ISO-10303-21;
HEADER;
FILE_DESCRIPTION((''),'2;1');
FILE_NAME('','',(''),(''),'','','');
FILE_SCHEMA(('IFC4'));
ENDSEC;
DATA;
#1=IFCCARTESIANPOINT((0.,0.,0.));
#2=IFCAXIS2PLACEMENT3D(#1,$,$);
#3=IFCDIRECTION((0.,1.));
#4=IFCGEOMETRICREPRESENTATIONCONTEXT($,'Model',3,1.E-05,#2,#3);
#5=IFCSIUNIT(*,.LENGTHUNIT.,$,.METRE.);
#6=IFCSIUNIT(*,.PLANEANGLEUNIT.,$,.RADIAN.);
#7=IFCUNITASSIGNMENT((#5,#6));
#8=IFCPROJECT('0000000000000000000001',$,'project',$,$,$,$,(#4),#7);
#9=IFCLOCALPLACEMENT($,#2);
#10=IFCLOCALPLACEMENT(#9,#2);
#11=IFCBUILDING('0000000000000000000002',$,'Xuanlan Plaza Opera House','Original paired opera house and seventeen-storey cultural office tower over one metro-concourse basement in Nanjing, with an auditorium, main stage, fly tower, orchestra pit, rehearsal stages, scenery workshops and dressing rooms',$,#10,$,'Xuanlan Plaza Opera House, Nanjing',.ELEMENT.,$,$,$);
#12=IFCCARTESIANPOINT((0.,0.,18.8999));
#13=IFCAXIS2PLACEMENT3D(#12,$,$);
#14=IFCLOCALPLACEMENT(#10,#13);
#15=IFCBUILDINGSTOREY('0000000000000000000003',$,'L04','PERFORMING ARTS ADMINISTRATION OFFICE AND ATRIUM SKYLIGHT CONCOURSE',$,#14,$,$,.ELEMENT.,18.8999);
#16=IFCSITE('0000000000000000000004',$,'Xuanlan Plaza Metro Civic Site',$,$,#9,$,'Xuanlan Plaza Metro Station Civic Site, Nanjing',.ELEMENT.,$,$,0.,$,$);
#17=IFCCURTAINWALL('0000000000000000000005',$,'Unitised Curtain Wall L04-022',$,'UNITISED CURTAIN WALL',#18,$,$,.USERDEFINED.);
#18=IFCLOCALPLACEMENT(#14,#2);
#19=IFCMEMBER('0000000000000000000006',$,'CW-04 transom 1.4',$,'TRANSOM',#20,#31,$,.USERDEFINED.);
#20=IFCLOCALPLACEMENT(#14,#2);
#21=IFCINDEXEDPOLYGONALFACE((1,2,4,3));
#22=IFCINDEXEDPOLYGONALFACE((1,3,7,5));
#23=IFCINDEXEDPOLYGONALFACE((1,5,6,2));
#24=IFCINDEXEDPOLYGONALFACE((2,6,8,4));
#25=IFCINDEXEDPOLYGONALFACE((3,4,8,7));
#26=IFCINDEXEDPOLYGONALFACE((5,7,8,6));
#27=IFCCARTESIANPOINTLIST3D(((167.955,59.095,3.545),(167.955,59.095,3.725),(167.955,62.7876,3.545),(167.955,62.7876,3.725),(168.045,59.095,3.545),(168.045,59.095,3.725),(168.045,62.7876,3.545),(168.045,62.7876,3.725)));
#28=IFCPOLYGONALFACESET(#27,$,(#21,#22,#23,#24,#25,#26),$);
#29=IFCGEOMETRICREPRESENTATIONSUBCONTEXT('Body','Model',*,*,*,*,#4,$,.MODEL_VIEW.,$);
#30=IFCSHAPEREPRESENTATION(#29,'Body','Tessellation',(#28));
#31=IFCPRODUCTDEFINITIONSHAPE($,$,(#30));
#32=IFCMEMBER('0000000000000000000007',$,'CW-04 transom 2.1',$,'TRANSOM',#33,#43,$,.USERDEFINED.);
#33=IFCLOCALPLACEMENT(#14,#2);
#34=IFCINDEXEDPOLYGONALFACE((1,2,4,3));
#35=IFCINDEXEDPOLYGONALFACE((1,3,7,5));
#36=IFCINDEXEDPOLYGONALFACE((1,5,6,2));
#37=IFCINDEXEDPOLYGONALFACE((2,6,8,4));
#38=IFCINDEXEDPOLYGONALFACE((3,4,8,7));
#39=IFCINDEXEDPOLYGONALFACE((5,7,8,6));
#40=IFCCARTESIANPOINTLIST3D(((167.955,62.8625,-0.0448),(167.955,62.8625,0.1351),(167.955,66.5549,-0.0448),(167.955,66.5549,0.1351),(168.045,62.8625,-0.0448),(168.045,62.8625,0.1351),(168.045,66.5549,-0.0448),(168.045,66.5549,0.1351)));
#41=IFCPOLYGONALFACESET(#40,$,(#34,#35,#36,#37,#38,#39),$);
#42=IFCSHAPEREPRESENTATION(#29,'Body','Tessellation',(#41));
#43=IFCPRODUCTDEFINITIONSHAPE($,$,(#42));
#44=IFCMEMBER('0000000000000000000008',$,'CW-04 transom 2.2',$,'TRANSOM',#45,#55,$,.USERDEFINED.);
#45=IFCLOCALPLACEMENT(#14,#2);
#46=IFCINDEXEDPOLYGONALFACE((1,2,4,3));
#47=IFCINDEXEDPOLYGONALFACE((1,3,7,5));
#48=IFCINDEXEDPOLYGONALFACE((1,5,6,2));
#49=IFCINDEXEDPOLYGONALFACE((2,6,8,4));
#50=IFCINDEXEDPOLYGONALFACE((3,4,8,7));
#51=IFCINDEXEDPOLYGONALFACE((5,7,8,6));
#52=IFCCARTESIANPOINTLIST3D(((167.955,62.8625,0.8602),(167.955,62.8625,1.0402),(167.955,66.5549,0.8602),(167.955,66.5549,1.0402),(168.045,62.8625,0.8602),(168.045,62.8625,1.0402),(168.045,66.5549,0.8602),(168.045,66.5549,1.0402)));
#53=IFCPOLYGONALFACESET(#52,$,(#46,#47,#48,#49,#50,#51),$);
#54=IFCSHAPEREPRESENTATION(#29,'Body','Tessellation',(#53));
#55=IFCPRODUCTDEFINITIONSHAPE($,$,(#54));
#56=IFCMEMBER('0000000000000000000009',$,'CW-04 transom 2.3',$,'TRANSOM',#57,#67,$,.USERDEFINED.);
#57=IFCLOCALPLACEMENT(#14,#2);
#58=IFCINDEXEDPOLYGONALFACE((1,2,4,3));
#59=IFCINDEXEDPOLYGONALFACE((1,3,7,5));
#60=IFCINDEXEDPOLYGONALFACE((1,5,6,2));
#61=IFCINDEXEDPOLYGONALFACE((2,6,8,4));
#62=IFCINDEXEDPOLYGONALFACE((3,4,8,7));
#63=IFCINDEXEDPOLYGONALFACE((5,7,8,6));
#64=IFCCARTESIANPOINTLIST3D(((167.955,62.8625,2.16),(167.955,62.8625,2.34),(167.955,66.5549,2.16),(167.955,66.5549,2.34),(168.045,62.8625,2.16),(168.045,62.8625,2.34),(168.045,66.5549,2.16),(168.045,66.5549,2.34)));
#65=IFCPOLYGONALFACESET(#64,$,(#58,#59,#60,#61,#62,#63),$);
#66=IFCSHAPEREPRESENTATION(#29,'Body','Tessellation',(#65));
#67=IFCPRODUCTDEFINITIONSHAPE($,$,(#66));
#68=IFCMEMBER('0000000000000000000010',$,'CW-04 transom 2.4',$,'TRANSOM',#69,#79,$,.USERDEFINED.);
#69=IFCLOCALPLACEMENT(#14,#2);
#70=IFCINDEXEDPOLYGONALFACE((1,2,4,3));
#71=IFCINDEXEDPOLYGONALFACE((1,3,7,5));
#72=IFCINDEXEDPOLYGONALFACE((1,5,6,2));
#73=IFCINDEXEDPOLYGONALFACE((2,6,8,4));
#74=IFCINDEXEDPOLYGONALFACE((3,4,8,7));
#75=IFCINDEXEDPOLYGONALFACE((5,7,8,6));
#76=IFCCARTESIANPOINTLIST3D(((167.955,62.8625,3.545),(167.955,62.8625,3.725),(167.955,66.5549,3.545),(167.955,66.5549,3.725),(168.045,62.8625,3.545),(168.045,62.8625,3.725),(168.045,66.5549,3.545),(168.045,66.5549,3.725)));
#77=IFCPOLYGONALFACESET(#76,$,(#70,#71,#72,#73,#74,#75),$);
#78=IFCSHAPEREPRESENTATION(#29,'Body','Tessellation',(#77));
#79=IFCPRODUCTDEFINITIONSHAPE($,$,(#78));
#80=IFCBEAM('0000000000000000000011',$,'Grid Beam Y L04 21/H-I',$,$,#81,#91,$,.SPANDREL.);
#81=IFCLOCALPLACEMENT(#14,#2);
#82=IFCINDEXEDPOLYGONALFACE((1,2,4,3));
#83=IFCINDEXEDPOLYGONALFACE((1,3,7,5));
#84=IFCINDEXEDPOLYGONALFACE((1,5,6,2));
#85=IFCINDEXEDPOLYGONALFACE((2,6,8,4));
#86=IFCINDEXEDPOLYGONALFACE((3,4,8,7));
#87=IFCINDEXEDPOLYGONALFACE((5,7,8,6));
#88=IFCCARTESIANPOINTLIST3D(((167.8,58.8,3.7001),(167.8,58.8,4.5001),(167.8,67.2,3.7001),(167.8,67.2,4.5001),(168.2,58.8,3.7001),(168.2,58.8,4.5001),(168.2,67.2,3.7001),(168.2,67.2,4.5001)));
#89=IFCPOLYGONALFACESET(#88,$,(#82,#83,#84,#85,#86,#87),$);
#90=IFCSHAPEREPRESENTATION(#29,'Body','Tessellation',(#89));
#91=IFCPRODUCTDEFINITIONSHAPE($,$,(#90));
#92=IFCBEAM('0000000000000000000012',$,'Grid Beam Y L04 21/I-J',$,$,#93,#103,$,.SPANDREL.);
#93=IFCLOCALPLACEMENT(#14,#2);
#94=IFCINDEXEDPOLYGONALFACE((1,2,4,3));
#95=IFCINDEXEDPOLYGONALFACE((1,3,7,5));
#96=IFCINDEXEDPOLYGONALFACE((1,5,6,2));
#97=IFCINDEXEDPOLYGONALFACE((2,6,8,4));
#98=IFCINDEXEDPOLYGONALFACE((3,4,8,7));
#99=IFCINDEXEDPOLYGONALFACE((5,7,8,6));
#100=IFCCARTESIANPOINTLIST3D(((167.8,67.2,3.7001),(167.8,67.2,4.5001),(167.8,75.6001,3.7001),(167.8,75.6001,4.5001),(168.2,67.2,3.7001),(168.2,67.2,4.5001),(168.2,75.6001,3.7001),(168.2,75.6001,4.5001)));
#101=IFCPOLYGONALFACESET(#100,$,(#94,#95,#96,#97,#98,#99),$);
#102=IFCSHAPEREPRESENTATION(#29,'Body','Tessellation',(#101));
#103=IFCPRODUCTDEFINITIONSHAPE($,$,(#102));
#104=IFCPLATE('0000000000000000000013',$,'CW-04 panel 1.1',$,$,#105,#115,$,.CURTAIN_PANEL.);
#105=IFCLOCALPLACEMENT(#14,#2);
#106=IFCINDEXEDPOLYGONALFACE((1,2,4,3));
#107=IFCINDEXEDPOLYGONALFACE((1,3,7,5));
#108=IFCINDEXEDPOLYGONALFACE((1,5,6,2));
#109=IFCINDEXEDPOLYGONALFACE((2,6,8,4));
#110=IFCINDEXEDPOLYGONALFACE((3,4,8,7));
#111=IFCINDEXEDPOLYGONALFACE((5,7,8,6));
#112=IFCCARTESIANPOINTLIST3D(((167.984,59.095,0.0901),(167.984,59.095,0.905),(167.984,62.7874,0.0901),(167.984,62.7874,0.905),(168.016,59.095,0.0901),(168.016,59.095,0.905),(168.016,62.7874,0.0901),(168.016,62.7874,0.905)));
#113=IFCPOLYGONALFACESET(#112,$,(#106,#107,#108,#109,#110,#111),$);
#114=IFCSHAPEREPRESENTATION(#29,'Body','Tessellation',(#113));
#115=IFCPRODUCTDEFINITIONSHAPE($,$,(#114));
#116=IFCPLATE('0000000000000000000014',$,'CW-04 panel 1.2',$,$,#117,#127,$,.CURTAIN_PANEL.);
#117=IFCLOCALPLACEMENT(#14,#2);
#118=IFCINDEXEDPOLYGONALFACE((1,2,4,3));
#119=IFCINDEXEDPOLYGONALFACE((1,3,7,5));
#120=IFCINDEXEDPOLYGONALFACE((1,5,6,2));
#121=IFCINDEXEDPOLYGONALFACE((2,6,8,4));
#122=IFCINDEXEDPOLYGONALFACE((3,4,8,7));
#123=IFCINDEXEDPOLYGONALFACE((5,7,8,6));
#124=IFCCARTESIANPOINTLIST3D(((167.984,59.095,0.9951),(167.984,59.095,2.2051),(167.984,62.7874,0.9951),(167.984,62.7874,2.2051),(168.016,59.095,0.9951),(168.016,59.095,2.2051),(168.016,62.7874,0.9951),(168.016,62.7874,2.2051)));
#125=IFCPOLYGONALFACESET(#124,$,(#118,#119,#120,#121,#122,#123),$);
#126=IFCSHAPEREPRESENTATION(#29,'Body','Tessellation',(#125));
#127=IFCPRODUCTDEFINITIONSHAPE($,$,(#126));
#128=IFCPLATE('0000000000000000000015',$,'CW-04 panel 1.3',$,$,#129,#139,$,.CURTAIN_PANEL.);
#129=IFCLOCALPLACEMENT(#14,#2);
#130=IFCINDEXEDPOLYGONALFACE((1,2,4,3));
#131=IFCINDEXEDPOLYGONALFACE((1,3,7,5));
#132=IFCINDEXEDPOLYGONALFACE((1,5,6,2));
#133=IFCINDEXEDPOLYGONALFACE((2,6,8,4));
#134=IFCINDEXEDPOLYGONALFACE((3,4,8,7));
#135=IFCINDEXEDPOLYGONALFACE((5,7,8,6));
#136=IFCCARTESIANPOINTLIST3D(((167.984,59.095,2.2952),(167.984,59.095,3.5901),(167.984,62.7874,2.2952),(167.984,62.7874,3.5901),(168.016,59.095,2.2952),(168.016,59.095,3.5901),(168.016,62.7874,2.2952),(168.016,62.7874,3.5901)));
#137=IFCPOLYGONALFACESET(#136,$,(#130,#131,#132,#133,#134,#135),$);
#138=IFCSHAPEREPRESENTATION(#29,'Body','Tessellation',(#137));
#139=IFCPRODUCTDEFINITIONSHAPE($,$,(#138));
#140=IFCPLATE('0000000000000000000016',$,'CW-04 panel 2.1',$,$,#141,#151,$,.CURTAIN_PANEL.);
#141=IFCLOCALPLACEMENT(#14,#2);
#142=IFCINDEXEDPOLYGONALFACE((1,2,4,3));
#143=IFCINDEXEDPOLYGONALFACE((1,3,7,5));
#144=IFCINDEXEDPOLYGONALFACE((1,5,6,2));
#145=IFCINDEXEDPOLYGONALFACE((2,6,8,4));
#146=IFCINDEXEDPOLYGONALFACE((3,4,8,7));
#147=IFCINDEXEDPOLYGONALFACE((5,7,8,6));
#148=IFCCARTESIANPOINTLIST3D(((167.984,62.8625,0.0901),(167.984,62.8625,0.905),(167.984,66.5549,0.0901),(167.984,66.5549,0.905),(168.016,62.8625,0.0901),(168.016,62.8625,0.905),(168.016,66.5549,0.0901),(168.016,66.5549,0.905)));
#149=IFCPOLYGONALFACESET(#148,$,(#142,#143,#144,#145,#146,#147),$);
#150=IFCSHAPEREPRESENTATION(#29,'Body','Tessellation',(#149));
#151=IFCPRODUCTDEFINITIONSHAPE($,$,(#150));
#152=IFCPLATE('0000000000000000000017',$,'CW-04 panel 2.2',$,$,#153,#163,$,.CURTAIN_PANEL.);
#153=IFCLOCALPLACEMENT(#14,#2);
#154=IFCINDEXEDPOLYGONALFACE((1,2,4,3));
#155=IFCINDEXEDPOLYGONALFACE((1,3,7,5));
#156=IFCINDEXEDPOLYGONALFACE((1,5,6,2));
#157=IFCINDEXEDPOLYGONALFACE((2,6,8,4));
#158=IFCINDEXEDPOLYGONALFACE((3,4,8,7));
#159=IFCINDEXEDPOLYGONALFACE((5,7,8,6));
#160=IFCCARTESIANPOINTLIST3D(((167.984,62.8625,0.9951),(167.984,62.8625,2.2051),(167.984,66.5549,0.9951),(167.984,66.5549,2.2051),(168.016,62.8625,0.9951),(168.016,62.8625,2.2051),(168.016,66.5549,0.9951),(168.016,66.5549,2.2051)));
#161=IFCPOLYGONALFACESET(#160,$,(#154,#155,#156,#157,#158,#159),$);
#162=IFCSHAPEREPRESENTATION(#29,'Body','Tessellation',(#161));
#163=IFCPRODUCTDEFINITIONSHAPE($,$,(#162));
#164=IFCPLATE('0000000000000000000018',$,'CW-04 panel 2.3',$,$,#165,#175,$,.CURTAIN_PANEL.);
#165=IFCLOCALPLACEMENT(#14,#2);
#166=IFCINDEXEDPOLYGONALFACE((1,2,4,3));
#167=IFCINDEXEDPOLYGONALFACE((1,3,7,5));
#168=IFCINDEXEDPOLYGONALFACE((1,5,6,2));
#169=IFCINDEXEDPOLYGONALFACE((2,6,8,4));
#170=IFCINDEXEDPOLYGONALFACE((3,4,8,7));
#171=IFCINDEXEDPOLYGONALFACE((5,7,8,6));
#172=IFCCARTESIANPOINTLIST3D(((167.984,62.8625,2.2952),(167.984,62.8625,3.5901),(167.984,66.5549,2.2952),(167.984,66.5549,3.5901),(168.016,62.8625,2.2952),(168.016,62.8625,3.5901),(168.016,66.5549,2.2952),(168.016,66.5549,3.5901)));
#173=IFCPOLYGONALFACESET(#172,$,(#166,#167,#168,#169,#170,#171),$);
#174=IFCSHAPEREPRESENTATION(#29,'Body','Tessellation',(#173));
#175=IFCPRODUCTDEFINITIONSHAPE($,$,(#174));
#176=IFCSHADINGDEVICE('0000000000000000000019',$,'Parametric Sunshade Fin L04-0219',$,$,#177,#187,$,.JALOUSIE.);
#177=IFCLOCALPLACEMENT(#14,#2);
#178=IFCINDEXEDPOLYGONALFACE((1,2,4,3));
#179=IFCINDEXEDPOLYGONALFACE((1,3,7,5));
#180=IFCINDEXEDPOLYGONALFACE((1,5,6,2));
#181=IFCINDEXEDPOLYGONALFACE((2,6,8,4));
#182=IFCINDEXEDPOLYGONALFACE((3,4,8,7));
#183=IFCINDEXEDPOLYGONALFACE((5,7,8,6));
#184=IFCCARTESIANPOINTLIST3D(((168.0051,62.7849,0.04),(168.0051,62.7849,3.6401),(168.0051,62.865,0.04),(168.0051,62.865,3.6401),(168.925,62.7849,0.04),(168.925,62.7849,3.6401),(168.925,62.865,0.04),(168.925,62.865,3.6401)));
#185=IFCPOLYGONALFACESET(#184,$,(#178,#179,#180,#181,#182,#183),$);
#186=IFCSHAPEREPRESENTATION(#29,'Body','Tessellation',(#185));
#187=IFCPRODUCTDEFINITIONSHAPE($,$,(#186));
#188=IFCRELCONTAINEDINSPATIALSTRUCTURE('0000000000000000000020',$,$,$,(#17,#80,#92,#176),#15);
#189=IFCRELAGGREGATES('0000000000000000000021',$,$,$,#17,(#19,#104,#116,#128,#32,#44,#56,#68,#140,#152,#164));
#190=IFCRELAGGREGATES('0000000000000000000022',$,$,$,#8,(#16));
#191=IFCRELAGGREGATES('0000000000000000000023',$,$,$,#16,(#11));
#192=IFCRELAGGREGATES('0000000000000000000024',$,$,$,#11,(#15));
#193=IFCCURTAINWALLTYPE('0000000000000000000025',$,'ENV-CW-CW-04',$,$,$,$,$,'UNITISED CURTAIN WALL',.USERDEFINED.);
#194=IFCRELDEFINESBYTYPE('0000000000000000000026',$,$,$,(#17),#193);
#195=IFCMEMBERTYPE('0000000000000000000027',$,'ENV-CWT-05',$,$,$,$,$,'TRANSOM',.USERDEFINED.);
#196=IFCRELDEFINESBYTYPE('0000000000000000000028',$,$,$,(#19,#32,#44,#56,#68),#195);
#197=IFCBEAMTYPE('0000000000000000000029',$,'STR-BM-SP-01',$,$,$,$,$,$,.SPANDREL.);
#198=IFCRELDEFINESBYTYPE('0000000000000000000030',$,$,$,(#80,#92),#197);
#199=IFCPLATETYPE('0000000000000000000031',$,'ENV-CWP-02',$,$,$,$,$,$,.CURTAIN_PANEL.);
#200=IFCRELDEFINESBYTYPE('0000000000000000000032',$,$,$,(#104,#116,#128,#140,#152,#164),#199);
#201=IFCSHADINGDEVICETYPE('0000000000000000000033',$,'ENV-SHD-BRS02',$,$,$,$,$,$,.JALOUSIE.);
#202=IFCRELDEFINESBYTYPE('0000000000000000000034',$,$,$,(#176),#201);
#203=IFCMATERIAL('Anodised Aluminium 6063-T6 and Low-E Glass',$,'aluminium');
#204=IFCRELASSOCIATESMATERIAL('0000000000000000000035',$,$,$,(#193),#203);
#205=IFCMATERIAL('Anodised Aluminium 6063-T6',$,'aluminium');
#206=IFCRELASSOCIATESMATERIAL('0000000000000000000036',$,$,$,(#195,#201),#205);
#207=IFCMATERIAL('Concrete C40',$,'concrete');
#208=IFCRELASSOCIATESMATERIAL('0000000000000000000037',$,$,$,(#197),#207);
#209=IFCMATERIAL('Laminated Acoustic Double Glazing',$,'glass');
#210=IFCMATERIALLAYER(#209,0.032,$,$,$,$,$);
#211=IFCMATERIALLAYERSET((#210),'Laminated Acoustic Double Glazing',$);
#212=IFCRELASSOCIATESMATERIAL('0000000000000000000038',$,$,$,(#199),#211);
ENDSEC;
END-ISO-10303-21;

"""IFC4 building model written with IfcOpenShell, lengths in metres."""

from ifc_helpers import new_model, si_unit, direction, frame, origin, origin_2d, place, context, subcontext, project, spatial, rectangle, extrude, material, layer, layer_set, material_profile, profile_set, type_object, element, aggregate, save


model = new_model("IFC4")

# Units and contexts
model_context = context("Model", 3, precision=1e-05, world=origin(), true_north=direction((0.0, 1.0)))
body_context = subcontext(model_context, "Body", "Model", "MODEL_VIEW")
ifc_project = project(units=[si_unit("LENGTHUNIT", "METRE"), si_unit("PLANEANGLEUNIT", "RADIAN")], contexts=[model_context])

# Site, building, storey
site_placement = place(None, origin())
site = spatial("IfcSite", under=ifc_project, at=site_placement, Name="Xuanlan Plaza Metro Civic Site", LongName="Xuanlan Plaza Metro Station Civic Site, Nanjing", CompositionType="ELEMENT", RefElevation=0.0)
building_placement = place(site_placement, origin())
building = spatial("IfcBuilding", under=site, at=building_placement, Name="Xuanlan Plaza Opera House", Description="Original paired opera house and seventeen-storey cultural office tower over one metro-concourse basement in Nanjing, with an auditorium, main stage, fly tower, orchestra pit, rehearsal stages, scenery workshops and dressing rooms", LongName="Xuanlan Plaza Opera House, Nanjing", CompositionType="ELEMENT")
storey_placement = place(building_placement, frame((0.0, 0.0, 18.8999)))
storey = spatial("IfcBuildingStorey", under=building, at=storey_placement, Name="L04", Description="PERFORMING ARTS ADMINISTRATION OFFICE AND ATRIUM SKYLIGHT CONCOURSE", CompositionType="ELEMENT", Elevation=18.8999)

# Shared definitions
ifc_material_1 = material(Name="Anodised Aluminium 6063-T6 and Low-E Glass", Category="aluminium")
ifc_material_2 = material(Name="Anodised Aluminium 6063-T6", Category="aluminium")

# Curtain wall
curtain_wall_type_1 = type_object("IfcCurtainWallType", Name="ENV-CW-CW-04", ElementType="UNITISED CURTAIN WALL", PredefinedType="USERDEFINED", material=ifc_material_1)
curtain_wall_1_placement = place(storey_placement, origin())
curtain_wall_1 = element("IfcCurtainWall", 1, at=curtain_wall_1_placement, inside=storey, type_object=curtain_wall_type_1, Name="Unitised Curtain Wall L04-022", ObjectType="UNITISED CURTAIN WALL", PredefinedType="USERDEFINED")

# Members
ifc_material_profile_1 = material_profile(ifc_material_2, rectangle(XDim=0.0901, YDim=0.1799, at=origin_2d()), Name="ALU-T 90x180")
ifc_profile_set_1 = profile_set([ifc_material_profile_1], Name="Anodised Aluminium 6063-T6")
member_type_1 = type_object("IfcMemberType", Name="ENV-CWT-05", ElementType="TRANSOM", PredefinedType="USERDEFINED", material=ifc_profile_set_1)
member_1_placement = place(storey_placement, frame((168.0, 59.095, 3.635), z_axis=(0.0, 1.0, 0.0), x_axis=(-1.0, 0.0, 0.0)))
member_1 = element("IfcMember", 2, at=member_1_placement, type_object=member_type_1, Name="CW-04 transom 1.4", ObjectType="TRANSOM", PredefinedType="USERDEFINED", context=body_context, shape_type="SweptSolid", body=[
    extrude(rectangle(XDim=0.0901, YDim=0.1799, at=origin_2d()), origin(), (0.0, 0.0, 1.0), 3.6926),
])
member_2_placement = place(storey_placement, frame((168.0, 62.8625, 0.0452), z_axis=(0.0, 1.0, 0.0), x_axis=(-1.0, 0.0, 0.0)))
member_2 = element("IfcMember", 3, at=member_2_placement, type_object=member_type_1, Name="CW-04 transom 2.1", ObjectType="TRANSOM", PredefinedType="USERDEFINED", context=body_context, shape_type="SweptSolid", body=[
    extrude(rectangle(XDim=0.0901, YDim=0.1799, at=origin_2d()), origin(), (0.0, 0.0, 1.0), 3.6924),
])
member_3_placement = place(storey_placement, frame((168.0, 62.8625, 0.9502), z_axis=(0.0, 1.0, 0.0), x_axis=(-1.0, 0.0, 0.0)))
member_3 = element("IfcMember", 4, at=member_3_placement, type_object=member_type_1, Name="CW-04 transom 2.2", ObjectType="TRANSOM", PredefinedType="USERDEFINED", context=body_context, shape_type="SweptSolid", body=[
    extrude(rectangle(XDim=0.0901, YDim=0.1799, at=origin_2d()), origin(), (0.0, 0.0, 1.0), 3.6924),
])
member_4_placement = place(storey_placement, frame((168.0, 62.8625, 2.25), z_axis=(0.0, 1.0, 0.0), x_axis=(-1.0, 0.0, 0.0)))
member_4 = element("IfcMember", 5, at=member_4_placement, type_object=member_type_1, Name="CW-04 transom 2.3", ObjectType="TRANSOM", PredefinedType="USERDEFINED", context=body_context, shape_type="SweptSolid", body=[
    extrude(rectangle(XDim=0.0901, YDim=0.1799, at=origin_2d()), origin(), (0.0, 0.0, 1.0), 3.6924),
])
member_5_placement = place(storey_placement, frame((168.0, 62.8625, 3.635), z_axis=(0.0, 1.0, 0.0), x_axis=(-1.0, 0.0, 0.0)))
member_5 = element("IfcMember", 6, at=member_5_placement, type_object=member_type_1, Name="CW-04 transom 2.4", ObjectType="TRANSOM", PredefinedType="USERDEFINED", context=body_context, shape_type="SweptSolid", body=[
    extrude(rectangle(XDim=0.0901, YDim=0.1799, at=origin_2d()), origin(), (0.0, 0.0, 1.0), 3.6924),
])

# Beams
ifc_material_3 = material(Name="Concrete C40", Category="concrete")
ifc_material_profile_2 = material_profile(ifc_material_3, rectangle(XDim=0.3999, YDim=0.8, at=origin_2d()), Name="RC-SPD 400x800")
ifc_profile_set_2 = profile_set([ifc_material_profile_2], Name="Concrete C40")
beam_type = type_object("IfcBeamType", Name="STR-BM-SP-01", PredefinedType="SPANDREL", material=ifc_profile_set_2)
beam_1_placement = place(storey_placement, frame((168.0, 58.8, 4.1001), z_axis=(0.0, 1.0, 0.0), x_axis=(-1.0, 0.0, 0.0)))
element("IfcBeam", 7, at=beam_1_placement, inside=storey, type_object=beam_type, Name="Grid Beam Y L04 21/H-I", PredefinedType="SPANDREL", context=body_context, shape_type="SweptSolid", body=[
    extrude(rectangle(XDim=0.3999, YDim=0.8, at=origin_2d()), origin(), (0.0, 0.0, 1.0), 8.3999),
])
beam_2_placement = place(storey_placement, frame((168.0, 67.2, 4.1001), z_axis=(0.0, 1.0, 0.0), x_axis=(-1.0, 0.0, 0.0)))
element("IfcBeam", 8, at=beam_2_placement, inside=storey, type_object=beam_type, Name="Grid Beam Y L04 21/I-J", PredefinedType="SPANDREL", context=body_context, shape_type="SweptSolid", body=[
    extrude(rectangle(XDim=0.3999, YDim=0.8, at=origin_2d()), origin(), (0.0, 0.0, 1.0), 8.4001),
])

# Plates
ifc_material_4 = material(Name="Laminated Acoustic Double Glazing", Category="glass")
ifc_layer = layer(ifc_material_4, 0.032)
ifc_layer_set = layer_set([ifc_layer], Name="Laminated Acoustic Double Glazing")
plate_type = type_object("IfcPlateType", Name="ENV-CWP-02", PredefinedType="CURTAIN_PANEL", material=ifc_layer_set)
plate_1_placement = place(storey_placement, frame((168.0, 60.9412, 0.0901), z_axis=(0.0, 0.0, 1.0), x_axis=(0.0, 1.0, 0.0)))
plate_1 = element("IfcPlate", 9, at=plate_1_placement, type_object=plate_type, Name="CW-04 panel 1.1", PredefinedType="CURTAIN_PANEL", context=body_context, shape_type="SweptSolid", body=[
    extrude(rectangle(XDim=3.6924, YDim=0.032, at=origin_2d()), origin(), (0.0, 0.0, 1.0), 0.8149),
])
plate_2_placement = place(storey_placement, frame((168.0, 60.9412, 0.9951), z_axis=(0.0, 0.0, 1.0), x_axis=(0.0, 1.0, 0.0)))
plate_2 = element("IfcPlate", 10, at=plate_2_placement, type_object=plate_type, Name="CW-04 panel 1.2", PredefinedType="CURTAIN_PANEL", context=body_context, shape_type="SweptSolid", body=[
    extrude(rectangle(XDim=3.6924, YDim=0.032, at=origin_2d()), origin(), (0.0, 0.0, 1.0), 1.21),
])
plate_3_placement = place(storey_placement, frame((168.0, 60.9412, 2.2952), z_axis=(0.0, 0.0, 1.0), x_axis=(0.0, 1.0, 0.0)))
plate_3 = element("IfcPlate", 11, at=plate_3_placement, type_object=plate_type, Name="CW-04 panel 1.3", PredefinedType="CURTAIN_PANEL", context=body_context, shape_type="SweptSolid", body=[
    extrude(rectangle(XDim=3.6924, YDim=0.032, at=origin_2d()), origin(), (0.0, 0.0, 1.0), 1.2949),
])
plate_4_placement = place(storey_placement, frame((168.0, 64.7087, 0.0901), z_axis=(0.0, 0.0, 1.0), x_axis=(0.0, 1.0, 0.0)))
plate_4 = element("IfcPlate", 12, at=plate_4_placement, type_object=plate_type, Name="CW-04 panel 2.1", PredefinedType="CURTAIN_PANEL", context=body_context, shape_type="SweptSolid", body=[
    extrude(rectangle(XDim=3.6924, YDim=0.032, at=origin_2d()), origin(), (0.0, 0.0, 1.0), 0.8149),
])
plate_5_placement = place(storey_placement, frame((168.0, 64.7087, 0.9951), z_axis=(0.0, 0.0, 1.0), x_axis=(0.0, 1.0, 0.0)))
plate_5 = element("IfcPlate", 13, at=plate_5_placement, type_object=plate_type, Name="CW-04 panel 2.2", PredefinedType="CURTAIN_PANEL", context=body_context, shape_type="SweptSolid", body=[
    extrude(rectangle(XDim=3.6924, YDim=0.032, at=origin_2d()), origin(), (0.0, 0.0, 1.0), 1.21),
])
plate_6_placement = place(storey_placement, frame((168.0, 64.7087, 2.2952), z_axis=(0.0, 0.0, 1.0), x_axis=(0.0, 1.0, 0.0)))
plate_6 = element("IfcPlate", 14, at=plate_6_placement, type_object=plate_type, Name="CW-04 panel 2.3", PredefinedType="CURTAIN_PANEL", context=body_context, shape_type="SweptSolid", body=[
    extrude(rectangle(XDim=3.6924, YDim=0.032, at=origin_2d()), origin(), (0.0, 0.0, 1.0), 1.2949),
])
aggregate(curtain_wall_1, [member_1, plate_1, plate_2, plate_3, member_2, member_3, member_4, member_5, plate_4, plate_5, plate_6])

# Shading device
shading_device_type = type_object("IfcShadingDeviceType", Name="ENV-SHD-BRS02", PredefinedType="JALOUSIE", material=ifc_material_2)
shading_device_placement = place(storey_placement, frame((168.4651, 62.825, 0.04), z_axis=(0.0, 0.0, 1.0), x_axis=(1.0, 0.0, 0.0)))
element("IfcShadingDevice", 15, at=shading_device_placement, inside=storey, type_object=shading_device_type, Name="Parametric Sunshade Fin L04-0219", PredefinedType="JALOUSIE", context=body_context, shape_type="SweptSolid", body=[
    extrude(rectangle(XDim=0.9199, YDim=0.0801, at=origin_2d()), origin(), (0.0, 0.0, 1.0), 3.6001),
])

save(model, "model.ifc")
